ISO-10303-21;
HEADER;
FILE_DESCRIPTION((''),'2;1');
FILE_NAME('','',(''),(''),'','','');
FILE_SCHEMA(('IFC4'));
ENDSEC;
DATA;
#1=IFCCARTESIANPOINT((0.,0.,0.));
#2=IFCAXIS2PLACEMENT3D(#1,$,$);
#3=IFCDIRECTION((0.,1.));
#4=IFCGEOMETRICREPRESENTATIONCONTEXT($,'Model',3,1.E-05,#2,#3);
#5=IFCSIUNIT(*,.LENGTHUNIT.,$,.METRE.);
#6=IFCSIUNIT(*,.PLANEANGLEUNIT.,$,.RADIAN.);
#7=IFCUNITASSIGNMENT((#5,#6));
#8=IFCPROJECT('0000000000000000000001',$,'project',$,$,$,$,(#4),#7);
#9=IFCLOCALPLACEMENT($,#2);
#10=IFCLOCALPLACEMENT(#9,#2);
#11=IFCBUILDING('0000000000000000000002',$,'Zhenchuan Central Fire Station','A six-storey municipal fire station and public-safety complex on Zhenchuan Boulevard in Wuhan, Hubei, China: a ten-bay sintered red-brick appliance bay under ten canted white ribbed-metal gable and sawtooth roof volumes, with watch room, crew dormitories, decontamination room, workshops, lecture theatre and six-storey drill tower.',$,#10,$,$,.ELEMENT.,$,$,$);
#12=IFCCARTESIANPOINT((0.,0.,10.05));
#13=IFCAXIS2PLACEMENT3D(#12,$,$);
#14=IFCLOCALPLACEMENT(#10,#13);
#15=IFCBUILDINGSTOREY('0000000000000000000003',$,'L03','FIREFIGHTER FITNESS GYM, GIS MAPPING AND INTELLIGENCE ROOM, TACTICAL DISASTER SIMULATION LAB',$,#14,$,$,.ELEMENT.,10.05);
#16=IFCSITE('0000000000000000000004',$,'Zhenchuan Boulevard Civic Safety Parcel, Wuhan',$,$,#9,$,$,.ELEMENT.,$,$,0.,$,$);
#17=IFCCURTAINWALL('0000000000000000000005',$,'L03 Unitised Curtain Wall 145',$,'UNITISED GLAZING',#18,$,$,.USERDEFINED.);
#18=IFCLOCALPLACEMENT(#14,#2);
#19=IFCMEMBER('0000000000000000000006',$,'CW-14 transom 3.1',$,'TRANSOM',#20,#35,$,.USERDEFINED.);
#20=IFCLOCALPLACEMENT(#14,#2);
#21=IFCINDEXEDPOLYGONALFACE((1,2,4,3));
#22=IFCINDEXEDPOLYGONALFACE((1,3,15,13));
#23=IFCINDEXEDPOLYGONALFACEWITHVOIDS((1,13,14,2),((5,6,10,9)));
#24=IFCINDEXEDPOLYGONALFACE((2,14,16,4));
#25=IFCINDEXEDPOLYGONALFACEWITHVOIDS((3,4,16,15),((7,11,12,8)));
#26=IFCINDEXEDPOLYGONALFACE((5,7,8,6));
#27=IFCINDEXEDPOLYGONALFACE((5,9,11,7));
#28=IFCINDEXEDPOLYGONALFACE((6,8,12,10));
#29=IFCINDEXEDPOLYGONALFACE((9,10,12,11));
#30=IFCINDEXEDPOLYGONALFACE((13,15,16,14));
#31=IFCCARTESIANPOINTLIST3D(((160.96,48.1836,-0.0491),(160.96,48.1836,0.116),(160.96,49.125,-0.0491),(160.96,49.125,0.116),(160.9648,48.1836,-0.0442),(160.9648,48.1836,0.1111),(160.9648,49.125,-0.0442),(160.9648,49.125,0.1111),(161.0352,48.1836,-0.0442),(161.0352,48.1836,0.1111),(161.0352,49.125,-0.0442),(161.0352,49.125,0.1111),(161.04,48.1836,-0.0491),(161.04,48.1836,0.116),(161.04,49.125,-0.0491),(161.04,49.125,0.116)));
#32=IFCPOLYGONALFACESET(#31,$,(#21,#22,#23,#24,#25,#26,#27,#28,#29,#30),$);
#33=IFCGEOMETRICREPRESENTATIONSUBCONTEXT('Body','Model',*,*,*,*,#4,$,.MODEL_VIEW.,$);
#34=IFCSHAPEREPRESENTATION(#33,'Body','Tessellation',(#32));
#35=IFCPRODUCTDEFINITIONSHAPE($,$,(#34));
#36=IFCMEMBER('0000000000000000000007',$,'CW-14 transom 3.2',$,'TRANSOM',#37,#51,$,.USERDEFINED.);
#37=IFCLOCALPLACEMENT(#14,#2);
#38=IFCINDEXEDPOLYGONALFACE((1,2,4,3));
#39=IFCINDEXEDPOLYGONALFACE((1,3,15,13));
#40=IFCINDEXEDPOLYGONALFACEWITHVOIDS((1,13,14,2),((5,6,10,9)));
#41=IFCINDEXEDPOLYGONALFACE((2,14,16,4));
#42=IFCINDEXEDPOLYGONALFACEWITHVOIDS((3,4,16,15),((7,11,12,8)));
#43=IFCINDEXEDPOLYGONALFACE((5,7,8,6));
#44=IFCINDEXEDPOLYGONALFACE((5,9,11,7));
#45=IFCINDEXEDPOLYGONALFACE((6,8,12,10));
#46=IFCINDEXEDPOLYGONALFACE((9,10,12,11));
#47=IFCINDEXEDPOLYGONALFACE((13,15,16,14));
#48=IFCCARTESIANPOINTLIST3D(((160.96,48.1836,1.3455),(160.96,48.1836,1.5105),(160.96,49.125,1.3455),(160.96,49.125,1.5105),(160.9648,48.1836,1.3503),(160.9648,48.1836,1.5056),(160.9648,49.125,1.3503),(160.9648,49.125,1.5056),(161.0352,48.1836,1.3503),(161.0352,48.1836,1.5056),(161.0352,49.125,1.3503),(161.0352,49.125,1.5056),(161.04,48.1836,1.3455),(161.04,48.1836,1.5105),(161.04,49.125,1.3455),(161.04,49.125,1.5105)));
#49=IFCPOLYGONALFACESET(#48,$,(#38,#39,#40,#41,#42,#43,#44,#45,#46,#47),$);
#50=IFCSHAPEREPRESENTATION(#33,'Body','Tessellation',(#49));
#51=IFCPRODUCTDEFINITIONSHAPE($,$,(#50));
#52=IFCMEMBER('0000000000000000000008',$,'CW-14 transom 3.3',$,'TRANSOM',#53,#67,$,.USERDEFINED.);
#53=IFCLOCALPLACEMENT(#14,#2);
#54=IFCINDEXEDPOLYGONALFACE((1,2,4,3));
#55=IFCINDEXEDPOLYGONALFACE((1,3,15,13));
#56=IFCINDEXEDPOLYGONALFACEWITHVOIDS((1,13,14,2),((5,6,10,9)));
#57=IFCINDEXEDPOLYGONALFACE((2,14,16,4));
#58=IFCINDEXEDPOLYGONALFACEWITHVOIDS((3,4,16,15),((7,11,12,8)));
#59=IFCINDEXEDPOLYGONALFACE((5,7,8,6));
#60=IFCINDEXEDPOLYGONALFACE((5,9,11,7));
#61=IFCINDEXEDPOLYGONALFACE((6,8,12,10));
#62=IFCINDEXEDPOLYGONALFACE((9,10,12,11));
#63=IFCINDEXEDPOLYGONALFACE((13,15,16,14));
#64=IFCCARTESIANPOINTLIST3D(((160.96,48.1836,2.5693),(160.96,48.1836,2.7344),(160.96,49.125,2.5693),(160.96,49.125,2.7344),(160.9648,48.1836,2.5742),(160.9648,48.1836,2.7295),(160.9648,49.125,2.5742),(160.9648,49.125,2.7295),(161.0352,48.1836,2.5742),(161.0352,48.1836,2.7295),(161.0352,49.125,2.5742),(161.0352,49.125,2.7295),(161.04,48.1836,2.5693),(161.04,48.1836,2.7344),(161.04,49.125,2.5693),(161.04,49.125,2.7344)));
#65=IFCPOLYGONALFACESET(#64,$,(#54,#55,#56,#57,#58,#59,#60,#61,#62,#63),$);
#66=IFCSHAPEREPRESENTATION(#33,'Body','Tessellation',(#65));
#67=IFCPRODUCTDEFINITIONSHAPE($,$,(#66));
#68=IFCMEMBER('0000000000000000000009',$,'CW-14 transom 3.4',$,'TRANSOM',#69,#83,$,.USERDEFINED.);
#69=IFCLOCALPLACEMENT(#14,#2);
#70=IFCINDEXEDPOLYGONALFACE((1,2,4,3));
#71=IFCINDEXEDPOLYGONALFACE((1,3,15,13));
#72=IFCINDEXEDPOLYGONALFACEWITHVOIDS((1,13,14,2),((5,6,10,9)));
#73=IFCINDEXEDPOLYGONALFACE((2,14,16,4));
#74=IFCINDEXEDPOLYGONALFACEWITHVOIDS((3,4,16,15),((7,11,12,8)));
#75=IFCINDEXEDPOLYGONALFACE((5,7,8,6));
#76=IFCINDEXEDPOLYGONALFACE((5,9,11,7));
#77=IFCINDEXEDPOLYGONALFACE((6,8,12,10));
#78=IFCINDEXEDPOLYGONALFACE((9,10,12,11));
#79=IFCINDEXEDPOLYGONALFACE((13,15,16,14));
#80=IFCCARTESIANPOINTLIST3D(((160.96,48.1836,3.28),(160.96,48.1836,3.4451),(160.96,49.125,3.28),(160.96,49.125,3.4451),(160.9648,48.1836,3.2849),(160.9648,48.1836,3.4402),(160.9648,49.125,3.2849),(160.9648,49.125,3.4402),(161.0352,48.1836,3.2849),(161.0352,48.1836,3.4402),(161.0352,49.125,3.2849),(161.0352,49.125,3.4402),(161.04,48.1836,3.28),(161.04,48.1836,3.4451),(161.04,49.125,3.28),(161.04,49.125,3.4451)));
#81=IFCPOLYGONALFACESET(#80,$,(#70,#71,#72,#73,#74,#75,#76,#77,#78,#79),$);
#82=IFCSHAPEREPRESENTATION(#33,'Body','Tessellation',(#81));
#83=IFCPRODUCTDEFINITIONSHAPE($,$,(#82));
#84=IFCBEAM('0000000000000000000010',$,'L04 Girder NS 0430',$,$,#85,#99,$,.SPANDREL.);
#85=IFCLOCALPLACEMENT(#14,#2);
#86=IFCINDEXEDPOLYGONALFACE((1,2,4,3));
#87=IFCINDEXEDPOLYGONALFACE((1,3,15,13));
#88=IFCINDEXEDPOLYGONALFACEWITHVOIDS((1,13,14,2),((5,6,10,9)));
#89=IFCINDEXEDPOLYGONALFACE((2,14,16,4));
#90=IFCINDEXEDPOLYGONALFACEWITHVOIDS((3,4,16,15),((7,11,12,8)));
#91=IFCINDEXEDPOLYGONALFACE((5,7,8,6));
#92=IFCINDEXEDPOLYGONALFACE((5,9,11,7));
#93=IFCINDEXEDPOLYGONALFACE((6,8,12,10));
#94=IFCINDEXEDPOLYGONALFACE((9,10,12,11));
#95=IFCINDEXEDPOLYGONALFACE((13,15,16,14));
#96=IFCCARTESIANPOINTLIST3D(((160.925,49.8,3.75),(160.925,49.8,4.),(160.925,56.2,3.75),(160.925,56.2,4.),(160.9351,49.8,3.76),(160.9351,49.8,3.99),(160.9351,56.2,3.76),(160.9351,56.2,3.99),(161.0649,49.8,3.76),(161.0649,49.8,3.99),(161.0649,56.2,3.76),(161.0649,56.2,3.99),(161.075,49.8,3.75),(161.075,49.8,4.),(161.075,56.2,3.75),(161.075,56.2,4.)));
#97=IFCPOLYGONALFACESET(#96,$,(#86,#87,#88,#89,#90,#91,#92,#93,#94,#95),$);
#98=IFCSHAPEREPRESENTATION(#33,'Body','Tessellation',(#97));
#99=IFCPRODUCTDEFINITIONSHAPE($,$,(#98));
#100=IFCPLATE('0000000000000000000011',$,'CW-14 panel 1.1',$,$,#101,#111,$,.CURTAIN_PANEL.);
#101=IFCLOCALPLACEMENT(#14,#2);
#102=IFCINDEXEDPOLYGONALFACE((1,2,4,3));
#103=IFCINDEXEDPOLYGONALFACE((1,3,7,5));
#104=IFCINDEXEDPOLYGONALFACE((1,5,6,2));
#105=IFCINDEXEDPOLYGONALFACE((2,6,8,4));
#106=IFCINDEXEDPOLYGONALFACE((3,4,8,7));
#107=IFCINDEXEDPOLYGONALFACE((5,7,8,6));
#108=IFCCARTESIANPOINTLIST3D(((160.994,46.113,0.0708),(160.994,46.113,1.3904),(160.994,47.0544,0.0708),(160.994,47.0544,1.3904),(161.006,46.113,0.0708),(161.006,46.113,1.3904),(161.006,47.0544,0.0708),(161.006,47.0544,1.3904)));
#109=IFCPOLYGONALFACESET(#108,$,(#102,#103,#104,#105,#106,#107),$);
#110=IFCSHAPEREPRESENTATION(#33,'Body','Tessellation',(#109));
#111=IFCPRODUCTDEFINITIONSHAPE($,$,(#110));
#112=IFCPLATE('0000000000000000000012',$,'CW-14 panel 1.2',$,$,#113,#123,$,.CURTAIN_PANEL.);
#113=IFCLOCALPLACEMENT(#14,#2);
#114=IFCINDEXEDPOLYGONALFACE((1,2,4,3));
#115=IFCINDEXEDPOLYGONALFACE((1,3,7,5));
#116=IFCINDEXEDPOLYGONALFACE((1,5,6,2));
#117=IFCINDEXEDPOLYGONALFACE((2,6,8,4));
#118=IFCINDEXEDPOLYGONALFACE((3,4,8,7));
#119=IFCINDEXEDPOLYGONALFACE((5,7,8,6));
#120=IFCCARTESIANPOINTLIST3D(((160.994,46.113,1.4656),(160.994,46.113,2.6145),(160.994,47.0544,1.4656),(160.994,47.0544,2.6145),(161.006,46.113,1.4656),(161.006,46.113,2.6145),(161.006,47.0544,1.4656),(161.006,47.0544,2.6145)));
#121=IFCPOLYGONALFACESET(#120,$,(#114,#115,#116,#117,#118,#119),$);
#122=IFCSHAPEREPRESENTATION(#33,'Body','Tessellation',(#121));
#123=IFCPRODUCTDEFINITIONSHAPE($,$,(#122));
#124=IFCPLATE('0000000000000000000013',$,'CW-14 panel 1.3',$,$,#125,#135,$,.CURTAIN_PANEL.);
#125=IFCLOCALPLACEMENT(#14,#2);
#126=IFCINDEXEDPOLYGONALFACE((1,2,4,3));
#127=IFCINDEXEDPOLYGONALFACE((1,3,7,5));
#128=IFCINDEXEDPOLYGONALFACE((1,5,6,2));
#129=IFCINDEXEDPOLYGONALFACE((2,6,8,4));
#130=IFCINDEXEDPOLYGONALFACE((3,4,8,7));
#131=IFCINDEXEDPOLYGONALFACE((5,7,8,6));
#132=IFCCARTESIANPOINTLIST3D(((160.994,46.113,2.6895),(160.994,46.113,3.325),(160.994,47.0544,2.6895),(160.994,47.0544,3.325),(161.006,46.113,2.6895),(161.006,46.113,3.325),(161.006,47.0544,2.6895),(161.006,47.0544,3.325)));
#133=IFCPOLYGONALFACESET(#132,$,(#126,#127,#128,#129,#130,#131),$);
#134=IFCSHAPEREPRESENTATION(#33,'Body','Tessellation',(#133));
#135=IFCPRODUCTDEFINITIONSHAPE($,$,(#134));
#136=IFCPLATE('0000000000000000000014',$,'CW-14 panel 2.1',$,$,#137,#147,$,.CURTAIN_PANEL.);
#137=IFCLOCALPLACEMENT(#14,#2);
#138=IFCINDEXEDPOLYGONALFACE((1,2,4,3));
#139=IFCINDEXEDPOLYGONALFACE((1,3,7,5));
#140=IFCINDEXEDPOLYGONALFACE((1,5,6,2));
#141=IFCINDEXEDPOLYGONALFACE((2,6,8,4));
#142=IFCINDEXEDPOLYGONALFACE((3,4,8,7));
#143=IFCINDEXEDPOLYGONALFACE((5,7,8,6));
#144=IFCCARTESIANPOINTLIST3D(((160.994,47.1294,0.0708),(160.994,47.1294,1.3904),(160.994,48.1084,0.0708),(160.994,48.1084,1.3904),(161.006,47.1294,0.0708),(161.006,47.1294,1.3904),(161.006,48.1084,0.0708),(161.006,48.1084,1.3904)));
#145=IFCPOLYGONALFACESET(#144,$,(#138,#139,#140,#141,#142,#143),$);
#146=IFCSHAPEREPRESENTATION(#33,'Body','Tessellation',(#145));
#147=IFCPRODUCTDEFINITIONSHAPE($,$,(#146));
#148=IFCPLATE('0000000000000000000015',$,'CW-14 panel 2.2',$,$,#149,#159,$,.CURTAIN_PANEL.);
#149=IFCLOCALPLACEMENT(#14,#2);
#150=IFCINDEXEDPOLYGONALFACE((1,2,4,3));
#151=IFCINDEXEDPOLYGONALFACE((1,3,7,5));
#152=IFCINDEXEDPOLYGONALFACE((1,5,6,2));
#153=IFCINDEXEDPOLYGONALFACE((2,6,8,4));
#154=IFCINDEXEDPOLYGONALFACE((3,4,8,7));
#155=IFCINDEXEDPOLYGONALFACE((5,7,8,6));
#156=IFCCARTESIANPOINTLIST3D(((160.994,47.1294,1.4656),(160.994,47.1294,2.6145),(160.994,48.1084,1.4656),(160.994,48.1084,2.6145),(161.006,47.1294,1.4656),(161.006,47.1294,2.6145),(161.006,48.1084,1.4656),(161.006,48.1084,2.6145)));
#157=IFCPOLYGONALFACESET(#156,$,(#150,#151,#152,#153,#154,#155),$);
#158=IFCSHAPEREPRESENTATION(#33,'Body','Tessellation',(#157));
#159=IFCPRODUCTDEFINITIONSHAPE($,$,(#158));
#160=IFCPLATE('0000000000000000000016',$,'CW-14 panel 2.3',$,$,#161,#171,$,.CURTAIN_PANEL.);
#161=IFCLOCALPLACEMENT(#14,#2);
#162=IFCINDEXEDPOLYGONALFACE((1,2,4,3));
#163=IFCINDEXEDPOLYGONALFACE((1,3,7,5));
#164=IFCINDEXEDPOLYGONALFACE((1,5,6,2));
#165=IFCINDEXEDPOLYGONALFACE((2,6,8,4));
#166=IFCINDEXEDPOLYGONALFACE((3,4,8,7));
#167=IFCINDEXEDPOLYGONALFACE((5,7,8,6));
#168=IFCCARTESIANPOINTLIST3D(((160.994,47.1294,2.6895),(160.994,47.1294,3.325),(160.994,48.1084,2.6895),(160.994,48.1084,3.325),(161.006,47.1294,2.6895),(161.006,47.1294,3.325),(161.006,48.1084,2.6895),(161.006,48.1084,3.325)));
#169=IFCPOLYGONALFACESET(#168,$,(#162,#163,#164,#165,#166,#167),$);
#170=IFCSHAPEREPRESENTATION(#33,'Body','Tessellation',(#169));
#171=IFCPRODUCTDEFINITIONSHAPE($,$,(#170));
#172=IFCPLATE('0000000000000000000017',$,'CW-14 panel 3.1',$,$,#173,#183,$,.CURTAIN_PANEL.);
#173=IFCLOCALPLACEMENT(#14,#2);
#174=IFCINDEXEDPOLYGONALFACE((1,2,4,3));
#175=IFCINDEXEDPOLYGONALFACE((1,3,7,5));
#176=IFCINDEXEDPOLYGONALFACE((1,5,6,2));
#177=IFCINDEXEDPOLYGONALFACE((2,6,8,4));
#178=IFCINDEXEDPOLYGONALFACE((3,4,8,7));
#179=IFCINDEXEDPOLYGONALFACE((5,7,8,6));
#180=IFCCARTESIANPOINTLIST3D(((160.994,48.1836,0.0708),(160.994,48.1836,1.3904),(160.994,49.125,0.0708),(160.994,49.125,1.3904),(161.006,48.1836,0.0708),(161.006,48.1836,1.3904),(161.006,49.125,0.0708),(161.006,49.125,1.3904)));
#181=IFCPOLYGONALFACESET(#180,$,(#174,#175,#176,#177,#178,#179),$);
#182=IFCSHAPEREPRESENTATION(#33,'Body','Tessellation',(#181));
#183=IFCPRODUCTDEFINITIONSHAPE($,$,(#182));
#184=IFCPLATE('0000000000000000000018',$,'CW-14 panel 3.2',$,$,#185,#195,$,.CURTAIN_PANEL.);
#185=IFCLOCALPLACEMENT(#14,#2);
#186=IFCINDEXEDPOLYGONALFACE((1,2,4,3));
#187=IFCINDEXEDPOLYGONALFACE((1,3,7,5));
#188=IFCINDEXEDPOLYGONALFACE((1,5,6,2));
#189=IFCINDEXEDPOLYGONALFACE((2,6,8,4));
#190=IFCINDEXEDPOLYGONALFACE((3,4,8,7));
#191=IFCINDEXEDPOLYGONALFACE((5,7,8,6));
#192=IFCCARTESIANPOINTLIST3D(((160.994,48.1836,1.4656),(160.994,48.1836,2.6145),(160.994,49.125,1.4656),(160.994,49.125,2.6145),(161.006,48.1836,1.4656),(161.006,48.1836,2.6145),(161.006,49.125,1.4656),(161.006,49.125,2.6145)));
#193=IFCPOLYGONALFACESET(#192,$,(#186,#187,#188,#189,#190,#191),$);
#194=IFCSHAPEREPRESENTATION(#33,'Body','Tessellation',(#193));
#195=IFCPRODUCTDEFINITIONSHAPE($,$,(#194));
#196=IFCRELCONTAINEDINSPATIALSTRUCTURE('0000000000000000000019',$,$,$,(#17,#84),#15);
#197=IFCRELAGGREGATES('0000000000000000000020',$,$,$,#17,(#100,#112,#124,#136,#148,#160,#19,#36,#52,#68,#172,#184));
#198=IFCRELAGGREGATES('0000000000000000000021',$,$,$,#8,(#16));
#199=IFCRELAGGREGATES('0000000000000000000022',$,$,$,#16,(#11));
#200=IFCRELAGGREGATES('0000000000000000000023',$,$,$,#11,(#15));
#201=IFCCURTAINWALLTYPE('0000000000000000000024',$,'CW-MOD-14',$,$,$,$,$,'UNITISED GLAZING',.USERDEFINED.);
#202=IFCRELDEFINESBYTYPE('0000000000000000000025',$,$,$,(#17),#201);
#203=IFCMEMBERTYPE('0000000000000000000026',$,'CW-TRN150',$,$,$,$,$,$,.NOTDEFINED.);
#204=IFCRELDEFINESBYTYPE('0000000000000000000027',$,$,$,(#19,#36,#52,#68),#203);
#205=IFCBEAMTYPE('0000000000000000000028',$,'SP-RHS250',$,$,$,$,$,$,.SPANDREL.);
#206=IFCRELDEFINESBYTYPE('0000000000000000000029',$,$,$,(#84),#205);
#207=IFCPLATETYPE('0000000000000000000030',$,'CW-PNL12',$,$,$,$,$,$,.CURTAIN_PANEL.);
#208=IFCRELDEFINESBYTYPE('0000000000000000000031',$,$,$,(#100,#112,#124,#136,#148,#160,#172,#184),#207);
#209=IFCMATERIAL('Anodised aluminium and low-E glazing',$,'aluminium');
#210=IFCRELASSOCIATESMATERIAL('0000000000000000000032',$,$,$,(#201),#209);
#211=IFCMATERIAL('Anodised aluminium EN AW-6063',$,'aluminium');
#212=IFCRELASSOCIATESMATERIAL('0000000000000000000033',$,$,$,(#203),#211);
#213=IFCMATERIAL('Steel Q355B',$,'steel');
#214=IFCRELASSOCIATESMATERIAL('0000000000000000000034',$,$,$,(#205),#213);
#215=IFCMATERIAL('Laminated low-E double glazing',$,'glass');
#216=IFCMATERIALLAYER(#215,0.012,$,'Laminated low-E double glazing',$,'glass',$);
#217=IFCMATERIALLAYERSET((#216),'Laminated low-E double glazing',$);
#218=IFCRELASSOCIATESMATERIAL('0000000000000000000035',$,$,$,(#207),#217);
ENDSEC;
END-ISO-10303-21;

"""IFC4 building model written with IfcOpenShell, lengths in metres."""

from ifc_helpers import new_model, si_unit, direction, frame, origin, origin_2d, place, context, subcontext, project, spatial, rectangle, hollow_rectangle, extrude, material, layer, layer_set, material_profile, profile_set, type_object, element, aggregate, save


model = new_model("IFC4")

# Units and contexts
model_context = context("Model", 3, precision=1e-05, world=origin(), true_north=direction((0.0, 1.0)))
body_context = subcontext(model_context, "Body", "Model", "MODEL_VIEW")
ifc_project = project(units=[si_unit("LENGTHUNIT", "METRE"), si_unit("PLANEANGLEUNIT", "RADIAN")], contexts=[model_context])

# Site, building, storey
site_placement = place(None, origin())
site = spatial("IfcSite", under=ifc_project, at=site_placement, Name="Zhenchuan Boulevard Civic Safety Parcel, Wuhan", CompositionType="ELEMENT", RefElevation=0.0)
building_placement = place(site_placement, origin())
building = spatial("IfcBuilding", under=site, at=building_placement, Name="Zhenchuan Central Fire Station", Description="A six-storey municipal fire station and public-safety complex on Zhenchuan Boulevard in Wuhan, Hubei, China: a ten-bay sintered red-brick appliance bay under ten canted white ribbed-metal gable and sawtooth roof volumes, with watch room, crew dormitories, decontamination room, workshops, lecture theatre and six-storey drill tower.", CompositionType="ELEMENT")
storey_placement = place(building_placement, frame((0.0, 0.0, 10.05)))
storey = spatial("IfcBuildingStorey", under=building, at=storey_placement, Name="L03", Description="FIREFIGHTER FITNESS GYM, GIS MAPPING AND INTELLIGENCE ROOM, TACTICAL DISASTER SIMULATION LAB", CompositionType="ELEMENT", Elevation=10.05)

# Curtain wall, members
ifc_material_1 = material(Name="Anodised aluminium and low-E glazing", Category="aluminium")
curtain_wall_type = type_object("IfcCurtainWallType", Name="CW-MOD-14", ElementType="UNITISED GLAZING", PredefinedType="USERDEFINED", material=ifc_material_1)
curtain_wall_placement = place(storey_placement, origin())
curtain_wall = element("IfcCurtainWall", 1, at=curtain_wall_placement, inside=storey, type_object=curtain_wall_type, Name="L03 Unitised Curtain Wall 145", ObjectType="UNITISED GLAZING", PredefinedType="USERDEFINED")
ifc_material_2 = material(Name="Anodised aluminium EN AW-6063", Category="aluminium")
ifc_material_profile_1 = material_profile(ifc_material_2, hollow_rectangle(XDim=0.0801, YDim=0.165, WallThickness=0.0049, at=origin_2d()), Name="ALU-T 165x80")
ifc_profile_set_1 = profile_set([ifc_material_profile_1], Name="Anodised aluminium EN AW-6063")
member_type_1 = type_object("IfcMemberType", Name="CW-TRN150", PredefinedType="NOTDEFINED", material=ifc_profile_set_1)
member_1_placement = place(storey_placement, frame((161.0, 48.1836, 0.0334), z_axis=(0.0, 1.0, 0.0), x_axis=(-1.0, 0.0, 0.0)))
member_1 = element("IfcMember", 2, at=member_1_placement, type_object=member_type_1, Name="CW-14 transom 3.1", ObjectType="TRANSOM", PredefinedType="USERDEFINED", context=body_context, shape_type="SweptSolid", body=[
    extrude(hollow_rectangle(XDim=0.0801, YDim=0.165, WallThickness=0.0049, at=origin_2d()), origin(), (0.0, 0.0, 1.0), 0.9414),
])
member_2_placement = place(storey_placement, frame((161.0, 48.1836, 1.428), z_axis=(0.0, 1.0, 0.0), x_axis=(-1.0, 0.0, 0.0)))
member_2 = element("IfcMember", 3, at=member_2_placement, type_object=member_type_1, Name="CW-14 transom 3.2", ObjectType="TRANSOM", PredefinedType="USERDEFINED", context=body_context, shape_type="SweptSolid", body=[
    extrude(hollow_rectangle(XDim=0.0801, YDim=0.165, WallThickness=0.0049, at=origin_2d()), origin(), (0.0, 0.0, 1.0), 0.9414),
])
member_3_placement = place(storey_placement, frame((161.0, 48.1836, 2.6519), z_axis=(0.0, 1.0, 0.0), x_axis=(-1.0, 0.0, 0.0)))
member_3 = element("IfcMember", 4, at=member_3_placement, type_object=member_type_1, Name="CW-14 transom 3.3", ObjectType="TRANSOM", PredefinedType="USERDEFINED", context=body_context, shape_type="SweptSolid", body=[
    extrude(hollow_rectangle(XDim=0.0801, YDim=0.165, WallThickness=0.0049, at=origin_2d()), origin(), (0.0, 0.0, 1.0), 0.9414),
])
member_4_placement = place(storey_placement, frame((161.0, 48.1836, 3.3625), z_axis=(0.0, 1.0, 0.0), x_axis=(-1.0, 0.0, 0.0)))
member_4 = element("IfcMember", 5, at=member_4_placement, type_object=member_type_1, Name="CW-14 transom 3.4", ObjectType="TRANSOM", PredefinedType="USERDEFINED", context=body_context, shape_type="SweptSolid", body=[
    extrude(hollow_rectangle(XDim=0.0801, YDim=0.165, WallThickness=0.0049, at=origin_2d()), origin(), (0.0, 0.0, 1.0), 0.9414),
])

# Beam
ifc_material_3 = material(Name="Steel Q355B", Category="steel")
ifc_material_profile_2 = material_profile(ifc_material_3, hollow_rectangle(XDim=0.1499, YDim=0.25, WallThickness=0.01, at=origin_2d()), Name="RHS 250x150x10")
ifc_profile_set_2 = profile_set([ifc_material_profile_2], Name="Steel Q355B")
beam_type = type_object("IfcBeamType", Name="SP-RHS250", PredefinedType="SPANDREL", material=ifc_profile_set_2)
beam_placement = place(storey_placement, frame((161.0, 49.8, 3.875), z_axis=(0.0, 1.0, 0.0), x_axis=(-1.0, 0.0, 0.0)))
element("IfcBeam", 6, at=beam_placement, inside=storey, type_object=beam_type, Name="L04 Girder NS 0430", PredefinedType="SPANDREL", context=body_context, shape_type="SweptSolid", body=[
    extrude(hollow_rectangle(XDim=0.1499, YDim=0.25, WallThickness=0.01, at=origin_2d()), origin(), (0.0, 0.0, 1.0), 6.3999),
])

# Plates
ifc_material_4 = material(Name="Laminated low-E double glazing", Category="glass")
ifc_layer_1 = layer(ifc_material_4, 0.012, Name="Laminated low-E double glazing", Category="glass")
ifc_layer_set_1 = layer_set([ifc_layer_1], Name="Laminated low-E double glazing")
plate_type_1 = type_object("IfcPlateType", Name="CW-PNL12", PredefinedType="CURTAIN_PANEL", material=ifc_layer_set_1)
plate_1_placement = place(storey_placement, frame((161.0, 46.5837, 0.0708), z_axis=(0.0, 0.0, 1.0), x_axis=(0.0, 1.0, 0.0)))
plate_1 = element("IfcPlate", 7, at=plate_1_placement, type_object=plate_type_1, Name="CW-14 panel 1.1", PredefinedType="CURTAIN_PANEL", context=body_context, shape_type="SweptSolid", body=[
    extrude(rectangle(XDim=0.9414, YDim=0.012, at=origin_2d()), origin(), (0.0, 0.0, 1.0), 1.3196),
])
plate_2_placement = place(storey_placement, frame((161.0, 46.5837, 1.4656), z_axis=(0.0, 0.0, 1.0), x_axis=(0.0, 1.0, 0.0)))
plate_2 = element("IfcPlate", 8, at=plate_2_placement, type_object=plate_type_1, Name="CW-14 panel 1.2", PredefinedType="CURTAIN_PANEL", context=body_context, shape_type="SweptSolid", body=[
    extrude(rectangle(XDim=0.9414, YDim=0.012, at=origin_2d()), origin(), (0.0, 0.0, 1.0), 1.1489),
])
plate_3_placement = place(storey_placement, frame((161.0, 46.5837, 2.6895), z_axis=(0.0, 0.0, 1.0), x_axis=(0.0, 1.0, 0.0)))
plate_3 = element("IfcPlate", 9, at=plate_3_placement, type_object=plate_type_1, Name="CW-14 panel 1.3", PredefinedType="CURTAIN_PANEL", context=body_context, shape_type="SweptSolid", body=[
    extrude(rectangle(XDim=0.9414, YDim=0.012, at=origin_2d()), origin(), (0.0, 0.0, 1.0), 0.6355),
])
plate_4_placement = place(storey_placement, frame((161.0, 47.6189, 0.0708), z_axis=(0.0, 0.0, 1.0), x_axis=(0.0, 1.0, 0.0)))
plate_4 = element("IfcPlate", 10, at=plate_4_placement, type_object=plate_type_1, Name="CW-14 panel 2.1", PredefinedType="CURTAIN_PANEL", context=body_context, shape_type="SweptSolid", body=[
    extrude(rectangle(XDim=0.979, YDim=0.012, at=origin_2d()), origin(), (0.0, 0.0, 1.0), 1.3196),
])
plate_5_placement = place(storey_placement, frame((161.0, 47.6189, 1.4656), z_axis=(0.0, 0.0, 1.0), x_axis=(0.0, 1.0, 0.0)))
plate_5 = element("IfcPlate", 11, at=plate_5_placement, type_object=plate_type_1, Name="CW-14 panel 2.2", PredefinedType="CURTAIN_PANEL", context=body_context, shape_type="SweptSolid", body=[
    extrude(rectangle(XDim=0.979, YDim=0.012, at=origin_2d()), origin(), (0.0, 0.0, 1.0), 1.1489),
])
plate_6_placement = place(storey_placement, frame((161.0, 47.6189, 2.6895), z_axis=(0.0, 0.0, 1.0), x_axis=(0.0, 1.0, 0.0)))
plate_6 = element("IfcPlate", 12, at=plate_6_placement, type_object=plate_type_1, Name="CW-14 panel 2.3", PredefinedType="CURTAIN_PANEL", context=body_context, shape_type="SweptSolid", body=[
    extrude(rectangle(XDim=0.979, YDim=0.012, at=origin_2d()), origin(), (0.0, 0.0, 1.0), 0.6355),
])
plate_7_placement = place(storey_placement, frame((161.0, 48.6543, 0.0708), z_axis=(0.0, 0.0, 1.0), x_axis=(0.0, 1.0, 0.0)))
plate_7 = element("IfcPlate", 13, at=plate_7_placement, type_object=plate_type_1, Name="CW-14 panel 3.1", PredefinedType="CURTAIN_PANEL", context=body_context, shape_type="SweptSolid", body=[
    extrude(rectangle(XDim=0.9414, YDim=0.012, at=origin_2d()), origin(), (0.0, 0.0, 1.0), 1.3196),
])
plate_8_placement = place(storey_placement, frame((161.0, 48.6543, 1.4656), z_axis=(0.0, 0.0, 1.0), x_axis=(0.0, 1.0, 0.0)))
plate_8 = element("IfcPlate", 14, at=plate_8_placement, type_object=plate_type_1, Name="CW-14 panel 3.2", PredefinedType="CURTAIN_PANEL", context=body_context, shape_type="SweptSolid", body=[
    extrude(rectangle(XDim=0.9414, YDim=0.012, at=origin_2d()), origin(), (0.0, 0.0, 1.0), 1.1489),
])
aggregate(curtain_wall, [plate_1, plate_2, plate_3, plate_4, plate_5, plate_6, member_1, member_2, member_3, member_4, plate_7, plate_8])

save(model, "model.ifc")
